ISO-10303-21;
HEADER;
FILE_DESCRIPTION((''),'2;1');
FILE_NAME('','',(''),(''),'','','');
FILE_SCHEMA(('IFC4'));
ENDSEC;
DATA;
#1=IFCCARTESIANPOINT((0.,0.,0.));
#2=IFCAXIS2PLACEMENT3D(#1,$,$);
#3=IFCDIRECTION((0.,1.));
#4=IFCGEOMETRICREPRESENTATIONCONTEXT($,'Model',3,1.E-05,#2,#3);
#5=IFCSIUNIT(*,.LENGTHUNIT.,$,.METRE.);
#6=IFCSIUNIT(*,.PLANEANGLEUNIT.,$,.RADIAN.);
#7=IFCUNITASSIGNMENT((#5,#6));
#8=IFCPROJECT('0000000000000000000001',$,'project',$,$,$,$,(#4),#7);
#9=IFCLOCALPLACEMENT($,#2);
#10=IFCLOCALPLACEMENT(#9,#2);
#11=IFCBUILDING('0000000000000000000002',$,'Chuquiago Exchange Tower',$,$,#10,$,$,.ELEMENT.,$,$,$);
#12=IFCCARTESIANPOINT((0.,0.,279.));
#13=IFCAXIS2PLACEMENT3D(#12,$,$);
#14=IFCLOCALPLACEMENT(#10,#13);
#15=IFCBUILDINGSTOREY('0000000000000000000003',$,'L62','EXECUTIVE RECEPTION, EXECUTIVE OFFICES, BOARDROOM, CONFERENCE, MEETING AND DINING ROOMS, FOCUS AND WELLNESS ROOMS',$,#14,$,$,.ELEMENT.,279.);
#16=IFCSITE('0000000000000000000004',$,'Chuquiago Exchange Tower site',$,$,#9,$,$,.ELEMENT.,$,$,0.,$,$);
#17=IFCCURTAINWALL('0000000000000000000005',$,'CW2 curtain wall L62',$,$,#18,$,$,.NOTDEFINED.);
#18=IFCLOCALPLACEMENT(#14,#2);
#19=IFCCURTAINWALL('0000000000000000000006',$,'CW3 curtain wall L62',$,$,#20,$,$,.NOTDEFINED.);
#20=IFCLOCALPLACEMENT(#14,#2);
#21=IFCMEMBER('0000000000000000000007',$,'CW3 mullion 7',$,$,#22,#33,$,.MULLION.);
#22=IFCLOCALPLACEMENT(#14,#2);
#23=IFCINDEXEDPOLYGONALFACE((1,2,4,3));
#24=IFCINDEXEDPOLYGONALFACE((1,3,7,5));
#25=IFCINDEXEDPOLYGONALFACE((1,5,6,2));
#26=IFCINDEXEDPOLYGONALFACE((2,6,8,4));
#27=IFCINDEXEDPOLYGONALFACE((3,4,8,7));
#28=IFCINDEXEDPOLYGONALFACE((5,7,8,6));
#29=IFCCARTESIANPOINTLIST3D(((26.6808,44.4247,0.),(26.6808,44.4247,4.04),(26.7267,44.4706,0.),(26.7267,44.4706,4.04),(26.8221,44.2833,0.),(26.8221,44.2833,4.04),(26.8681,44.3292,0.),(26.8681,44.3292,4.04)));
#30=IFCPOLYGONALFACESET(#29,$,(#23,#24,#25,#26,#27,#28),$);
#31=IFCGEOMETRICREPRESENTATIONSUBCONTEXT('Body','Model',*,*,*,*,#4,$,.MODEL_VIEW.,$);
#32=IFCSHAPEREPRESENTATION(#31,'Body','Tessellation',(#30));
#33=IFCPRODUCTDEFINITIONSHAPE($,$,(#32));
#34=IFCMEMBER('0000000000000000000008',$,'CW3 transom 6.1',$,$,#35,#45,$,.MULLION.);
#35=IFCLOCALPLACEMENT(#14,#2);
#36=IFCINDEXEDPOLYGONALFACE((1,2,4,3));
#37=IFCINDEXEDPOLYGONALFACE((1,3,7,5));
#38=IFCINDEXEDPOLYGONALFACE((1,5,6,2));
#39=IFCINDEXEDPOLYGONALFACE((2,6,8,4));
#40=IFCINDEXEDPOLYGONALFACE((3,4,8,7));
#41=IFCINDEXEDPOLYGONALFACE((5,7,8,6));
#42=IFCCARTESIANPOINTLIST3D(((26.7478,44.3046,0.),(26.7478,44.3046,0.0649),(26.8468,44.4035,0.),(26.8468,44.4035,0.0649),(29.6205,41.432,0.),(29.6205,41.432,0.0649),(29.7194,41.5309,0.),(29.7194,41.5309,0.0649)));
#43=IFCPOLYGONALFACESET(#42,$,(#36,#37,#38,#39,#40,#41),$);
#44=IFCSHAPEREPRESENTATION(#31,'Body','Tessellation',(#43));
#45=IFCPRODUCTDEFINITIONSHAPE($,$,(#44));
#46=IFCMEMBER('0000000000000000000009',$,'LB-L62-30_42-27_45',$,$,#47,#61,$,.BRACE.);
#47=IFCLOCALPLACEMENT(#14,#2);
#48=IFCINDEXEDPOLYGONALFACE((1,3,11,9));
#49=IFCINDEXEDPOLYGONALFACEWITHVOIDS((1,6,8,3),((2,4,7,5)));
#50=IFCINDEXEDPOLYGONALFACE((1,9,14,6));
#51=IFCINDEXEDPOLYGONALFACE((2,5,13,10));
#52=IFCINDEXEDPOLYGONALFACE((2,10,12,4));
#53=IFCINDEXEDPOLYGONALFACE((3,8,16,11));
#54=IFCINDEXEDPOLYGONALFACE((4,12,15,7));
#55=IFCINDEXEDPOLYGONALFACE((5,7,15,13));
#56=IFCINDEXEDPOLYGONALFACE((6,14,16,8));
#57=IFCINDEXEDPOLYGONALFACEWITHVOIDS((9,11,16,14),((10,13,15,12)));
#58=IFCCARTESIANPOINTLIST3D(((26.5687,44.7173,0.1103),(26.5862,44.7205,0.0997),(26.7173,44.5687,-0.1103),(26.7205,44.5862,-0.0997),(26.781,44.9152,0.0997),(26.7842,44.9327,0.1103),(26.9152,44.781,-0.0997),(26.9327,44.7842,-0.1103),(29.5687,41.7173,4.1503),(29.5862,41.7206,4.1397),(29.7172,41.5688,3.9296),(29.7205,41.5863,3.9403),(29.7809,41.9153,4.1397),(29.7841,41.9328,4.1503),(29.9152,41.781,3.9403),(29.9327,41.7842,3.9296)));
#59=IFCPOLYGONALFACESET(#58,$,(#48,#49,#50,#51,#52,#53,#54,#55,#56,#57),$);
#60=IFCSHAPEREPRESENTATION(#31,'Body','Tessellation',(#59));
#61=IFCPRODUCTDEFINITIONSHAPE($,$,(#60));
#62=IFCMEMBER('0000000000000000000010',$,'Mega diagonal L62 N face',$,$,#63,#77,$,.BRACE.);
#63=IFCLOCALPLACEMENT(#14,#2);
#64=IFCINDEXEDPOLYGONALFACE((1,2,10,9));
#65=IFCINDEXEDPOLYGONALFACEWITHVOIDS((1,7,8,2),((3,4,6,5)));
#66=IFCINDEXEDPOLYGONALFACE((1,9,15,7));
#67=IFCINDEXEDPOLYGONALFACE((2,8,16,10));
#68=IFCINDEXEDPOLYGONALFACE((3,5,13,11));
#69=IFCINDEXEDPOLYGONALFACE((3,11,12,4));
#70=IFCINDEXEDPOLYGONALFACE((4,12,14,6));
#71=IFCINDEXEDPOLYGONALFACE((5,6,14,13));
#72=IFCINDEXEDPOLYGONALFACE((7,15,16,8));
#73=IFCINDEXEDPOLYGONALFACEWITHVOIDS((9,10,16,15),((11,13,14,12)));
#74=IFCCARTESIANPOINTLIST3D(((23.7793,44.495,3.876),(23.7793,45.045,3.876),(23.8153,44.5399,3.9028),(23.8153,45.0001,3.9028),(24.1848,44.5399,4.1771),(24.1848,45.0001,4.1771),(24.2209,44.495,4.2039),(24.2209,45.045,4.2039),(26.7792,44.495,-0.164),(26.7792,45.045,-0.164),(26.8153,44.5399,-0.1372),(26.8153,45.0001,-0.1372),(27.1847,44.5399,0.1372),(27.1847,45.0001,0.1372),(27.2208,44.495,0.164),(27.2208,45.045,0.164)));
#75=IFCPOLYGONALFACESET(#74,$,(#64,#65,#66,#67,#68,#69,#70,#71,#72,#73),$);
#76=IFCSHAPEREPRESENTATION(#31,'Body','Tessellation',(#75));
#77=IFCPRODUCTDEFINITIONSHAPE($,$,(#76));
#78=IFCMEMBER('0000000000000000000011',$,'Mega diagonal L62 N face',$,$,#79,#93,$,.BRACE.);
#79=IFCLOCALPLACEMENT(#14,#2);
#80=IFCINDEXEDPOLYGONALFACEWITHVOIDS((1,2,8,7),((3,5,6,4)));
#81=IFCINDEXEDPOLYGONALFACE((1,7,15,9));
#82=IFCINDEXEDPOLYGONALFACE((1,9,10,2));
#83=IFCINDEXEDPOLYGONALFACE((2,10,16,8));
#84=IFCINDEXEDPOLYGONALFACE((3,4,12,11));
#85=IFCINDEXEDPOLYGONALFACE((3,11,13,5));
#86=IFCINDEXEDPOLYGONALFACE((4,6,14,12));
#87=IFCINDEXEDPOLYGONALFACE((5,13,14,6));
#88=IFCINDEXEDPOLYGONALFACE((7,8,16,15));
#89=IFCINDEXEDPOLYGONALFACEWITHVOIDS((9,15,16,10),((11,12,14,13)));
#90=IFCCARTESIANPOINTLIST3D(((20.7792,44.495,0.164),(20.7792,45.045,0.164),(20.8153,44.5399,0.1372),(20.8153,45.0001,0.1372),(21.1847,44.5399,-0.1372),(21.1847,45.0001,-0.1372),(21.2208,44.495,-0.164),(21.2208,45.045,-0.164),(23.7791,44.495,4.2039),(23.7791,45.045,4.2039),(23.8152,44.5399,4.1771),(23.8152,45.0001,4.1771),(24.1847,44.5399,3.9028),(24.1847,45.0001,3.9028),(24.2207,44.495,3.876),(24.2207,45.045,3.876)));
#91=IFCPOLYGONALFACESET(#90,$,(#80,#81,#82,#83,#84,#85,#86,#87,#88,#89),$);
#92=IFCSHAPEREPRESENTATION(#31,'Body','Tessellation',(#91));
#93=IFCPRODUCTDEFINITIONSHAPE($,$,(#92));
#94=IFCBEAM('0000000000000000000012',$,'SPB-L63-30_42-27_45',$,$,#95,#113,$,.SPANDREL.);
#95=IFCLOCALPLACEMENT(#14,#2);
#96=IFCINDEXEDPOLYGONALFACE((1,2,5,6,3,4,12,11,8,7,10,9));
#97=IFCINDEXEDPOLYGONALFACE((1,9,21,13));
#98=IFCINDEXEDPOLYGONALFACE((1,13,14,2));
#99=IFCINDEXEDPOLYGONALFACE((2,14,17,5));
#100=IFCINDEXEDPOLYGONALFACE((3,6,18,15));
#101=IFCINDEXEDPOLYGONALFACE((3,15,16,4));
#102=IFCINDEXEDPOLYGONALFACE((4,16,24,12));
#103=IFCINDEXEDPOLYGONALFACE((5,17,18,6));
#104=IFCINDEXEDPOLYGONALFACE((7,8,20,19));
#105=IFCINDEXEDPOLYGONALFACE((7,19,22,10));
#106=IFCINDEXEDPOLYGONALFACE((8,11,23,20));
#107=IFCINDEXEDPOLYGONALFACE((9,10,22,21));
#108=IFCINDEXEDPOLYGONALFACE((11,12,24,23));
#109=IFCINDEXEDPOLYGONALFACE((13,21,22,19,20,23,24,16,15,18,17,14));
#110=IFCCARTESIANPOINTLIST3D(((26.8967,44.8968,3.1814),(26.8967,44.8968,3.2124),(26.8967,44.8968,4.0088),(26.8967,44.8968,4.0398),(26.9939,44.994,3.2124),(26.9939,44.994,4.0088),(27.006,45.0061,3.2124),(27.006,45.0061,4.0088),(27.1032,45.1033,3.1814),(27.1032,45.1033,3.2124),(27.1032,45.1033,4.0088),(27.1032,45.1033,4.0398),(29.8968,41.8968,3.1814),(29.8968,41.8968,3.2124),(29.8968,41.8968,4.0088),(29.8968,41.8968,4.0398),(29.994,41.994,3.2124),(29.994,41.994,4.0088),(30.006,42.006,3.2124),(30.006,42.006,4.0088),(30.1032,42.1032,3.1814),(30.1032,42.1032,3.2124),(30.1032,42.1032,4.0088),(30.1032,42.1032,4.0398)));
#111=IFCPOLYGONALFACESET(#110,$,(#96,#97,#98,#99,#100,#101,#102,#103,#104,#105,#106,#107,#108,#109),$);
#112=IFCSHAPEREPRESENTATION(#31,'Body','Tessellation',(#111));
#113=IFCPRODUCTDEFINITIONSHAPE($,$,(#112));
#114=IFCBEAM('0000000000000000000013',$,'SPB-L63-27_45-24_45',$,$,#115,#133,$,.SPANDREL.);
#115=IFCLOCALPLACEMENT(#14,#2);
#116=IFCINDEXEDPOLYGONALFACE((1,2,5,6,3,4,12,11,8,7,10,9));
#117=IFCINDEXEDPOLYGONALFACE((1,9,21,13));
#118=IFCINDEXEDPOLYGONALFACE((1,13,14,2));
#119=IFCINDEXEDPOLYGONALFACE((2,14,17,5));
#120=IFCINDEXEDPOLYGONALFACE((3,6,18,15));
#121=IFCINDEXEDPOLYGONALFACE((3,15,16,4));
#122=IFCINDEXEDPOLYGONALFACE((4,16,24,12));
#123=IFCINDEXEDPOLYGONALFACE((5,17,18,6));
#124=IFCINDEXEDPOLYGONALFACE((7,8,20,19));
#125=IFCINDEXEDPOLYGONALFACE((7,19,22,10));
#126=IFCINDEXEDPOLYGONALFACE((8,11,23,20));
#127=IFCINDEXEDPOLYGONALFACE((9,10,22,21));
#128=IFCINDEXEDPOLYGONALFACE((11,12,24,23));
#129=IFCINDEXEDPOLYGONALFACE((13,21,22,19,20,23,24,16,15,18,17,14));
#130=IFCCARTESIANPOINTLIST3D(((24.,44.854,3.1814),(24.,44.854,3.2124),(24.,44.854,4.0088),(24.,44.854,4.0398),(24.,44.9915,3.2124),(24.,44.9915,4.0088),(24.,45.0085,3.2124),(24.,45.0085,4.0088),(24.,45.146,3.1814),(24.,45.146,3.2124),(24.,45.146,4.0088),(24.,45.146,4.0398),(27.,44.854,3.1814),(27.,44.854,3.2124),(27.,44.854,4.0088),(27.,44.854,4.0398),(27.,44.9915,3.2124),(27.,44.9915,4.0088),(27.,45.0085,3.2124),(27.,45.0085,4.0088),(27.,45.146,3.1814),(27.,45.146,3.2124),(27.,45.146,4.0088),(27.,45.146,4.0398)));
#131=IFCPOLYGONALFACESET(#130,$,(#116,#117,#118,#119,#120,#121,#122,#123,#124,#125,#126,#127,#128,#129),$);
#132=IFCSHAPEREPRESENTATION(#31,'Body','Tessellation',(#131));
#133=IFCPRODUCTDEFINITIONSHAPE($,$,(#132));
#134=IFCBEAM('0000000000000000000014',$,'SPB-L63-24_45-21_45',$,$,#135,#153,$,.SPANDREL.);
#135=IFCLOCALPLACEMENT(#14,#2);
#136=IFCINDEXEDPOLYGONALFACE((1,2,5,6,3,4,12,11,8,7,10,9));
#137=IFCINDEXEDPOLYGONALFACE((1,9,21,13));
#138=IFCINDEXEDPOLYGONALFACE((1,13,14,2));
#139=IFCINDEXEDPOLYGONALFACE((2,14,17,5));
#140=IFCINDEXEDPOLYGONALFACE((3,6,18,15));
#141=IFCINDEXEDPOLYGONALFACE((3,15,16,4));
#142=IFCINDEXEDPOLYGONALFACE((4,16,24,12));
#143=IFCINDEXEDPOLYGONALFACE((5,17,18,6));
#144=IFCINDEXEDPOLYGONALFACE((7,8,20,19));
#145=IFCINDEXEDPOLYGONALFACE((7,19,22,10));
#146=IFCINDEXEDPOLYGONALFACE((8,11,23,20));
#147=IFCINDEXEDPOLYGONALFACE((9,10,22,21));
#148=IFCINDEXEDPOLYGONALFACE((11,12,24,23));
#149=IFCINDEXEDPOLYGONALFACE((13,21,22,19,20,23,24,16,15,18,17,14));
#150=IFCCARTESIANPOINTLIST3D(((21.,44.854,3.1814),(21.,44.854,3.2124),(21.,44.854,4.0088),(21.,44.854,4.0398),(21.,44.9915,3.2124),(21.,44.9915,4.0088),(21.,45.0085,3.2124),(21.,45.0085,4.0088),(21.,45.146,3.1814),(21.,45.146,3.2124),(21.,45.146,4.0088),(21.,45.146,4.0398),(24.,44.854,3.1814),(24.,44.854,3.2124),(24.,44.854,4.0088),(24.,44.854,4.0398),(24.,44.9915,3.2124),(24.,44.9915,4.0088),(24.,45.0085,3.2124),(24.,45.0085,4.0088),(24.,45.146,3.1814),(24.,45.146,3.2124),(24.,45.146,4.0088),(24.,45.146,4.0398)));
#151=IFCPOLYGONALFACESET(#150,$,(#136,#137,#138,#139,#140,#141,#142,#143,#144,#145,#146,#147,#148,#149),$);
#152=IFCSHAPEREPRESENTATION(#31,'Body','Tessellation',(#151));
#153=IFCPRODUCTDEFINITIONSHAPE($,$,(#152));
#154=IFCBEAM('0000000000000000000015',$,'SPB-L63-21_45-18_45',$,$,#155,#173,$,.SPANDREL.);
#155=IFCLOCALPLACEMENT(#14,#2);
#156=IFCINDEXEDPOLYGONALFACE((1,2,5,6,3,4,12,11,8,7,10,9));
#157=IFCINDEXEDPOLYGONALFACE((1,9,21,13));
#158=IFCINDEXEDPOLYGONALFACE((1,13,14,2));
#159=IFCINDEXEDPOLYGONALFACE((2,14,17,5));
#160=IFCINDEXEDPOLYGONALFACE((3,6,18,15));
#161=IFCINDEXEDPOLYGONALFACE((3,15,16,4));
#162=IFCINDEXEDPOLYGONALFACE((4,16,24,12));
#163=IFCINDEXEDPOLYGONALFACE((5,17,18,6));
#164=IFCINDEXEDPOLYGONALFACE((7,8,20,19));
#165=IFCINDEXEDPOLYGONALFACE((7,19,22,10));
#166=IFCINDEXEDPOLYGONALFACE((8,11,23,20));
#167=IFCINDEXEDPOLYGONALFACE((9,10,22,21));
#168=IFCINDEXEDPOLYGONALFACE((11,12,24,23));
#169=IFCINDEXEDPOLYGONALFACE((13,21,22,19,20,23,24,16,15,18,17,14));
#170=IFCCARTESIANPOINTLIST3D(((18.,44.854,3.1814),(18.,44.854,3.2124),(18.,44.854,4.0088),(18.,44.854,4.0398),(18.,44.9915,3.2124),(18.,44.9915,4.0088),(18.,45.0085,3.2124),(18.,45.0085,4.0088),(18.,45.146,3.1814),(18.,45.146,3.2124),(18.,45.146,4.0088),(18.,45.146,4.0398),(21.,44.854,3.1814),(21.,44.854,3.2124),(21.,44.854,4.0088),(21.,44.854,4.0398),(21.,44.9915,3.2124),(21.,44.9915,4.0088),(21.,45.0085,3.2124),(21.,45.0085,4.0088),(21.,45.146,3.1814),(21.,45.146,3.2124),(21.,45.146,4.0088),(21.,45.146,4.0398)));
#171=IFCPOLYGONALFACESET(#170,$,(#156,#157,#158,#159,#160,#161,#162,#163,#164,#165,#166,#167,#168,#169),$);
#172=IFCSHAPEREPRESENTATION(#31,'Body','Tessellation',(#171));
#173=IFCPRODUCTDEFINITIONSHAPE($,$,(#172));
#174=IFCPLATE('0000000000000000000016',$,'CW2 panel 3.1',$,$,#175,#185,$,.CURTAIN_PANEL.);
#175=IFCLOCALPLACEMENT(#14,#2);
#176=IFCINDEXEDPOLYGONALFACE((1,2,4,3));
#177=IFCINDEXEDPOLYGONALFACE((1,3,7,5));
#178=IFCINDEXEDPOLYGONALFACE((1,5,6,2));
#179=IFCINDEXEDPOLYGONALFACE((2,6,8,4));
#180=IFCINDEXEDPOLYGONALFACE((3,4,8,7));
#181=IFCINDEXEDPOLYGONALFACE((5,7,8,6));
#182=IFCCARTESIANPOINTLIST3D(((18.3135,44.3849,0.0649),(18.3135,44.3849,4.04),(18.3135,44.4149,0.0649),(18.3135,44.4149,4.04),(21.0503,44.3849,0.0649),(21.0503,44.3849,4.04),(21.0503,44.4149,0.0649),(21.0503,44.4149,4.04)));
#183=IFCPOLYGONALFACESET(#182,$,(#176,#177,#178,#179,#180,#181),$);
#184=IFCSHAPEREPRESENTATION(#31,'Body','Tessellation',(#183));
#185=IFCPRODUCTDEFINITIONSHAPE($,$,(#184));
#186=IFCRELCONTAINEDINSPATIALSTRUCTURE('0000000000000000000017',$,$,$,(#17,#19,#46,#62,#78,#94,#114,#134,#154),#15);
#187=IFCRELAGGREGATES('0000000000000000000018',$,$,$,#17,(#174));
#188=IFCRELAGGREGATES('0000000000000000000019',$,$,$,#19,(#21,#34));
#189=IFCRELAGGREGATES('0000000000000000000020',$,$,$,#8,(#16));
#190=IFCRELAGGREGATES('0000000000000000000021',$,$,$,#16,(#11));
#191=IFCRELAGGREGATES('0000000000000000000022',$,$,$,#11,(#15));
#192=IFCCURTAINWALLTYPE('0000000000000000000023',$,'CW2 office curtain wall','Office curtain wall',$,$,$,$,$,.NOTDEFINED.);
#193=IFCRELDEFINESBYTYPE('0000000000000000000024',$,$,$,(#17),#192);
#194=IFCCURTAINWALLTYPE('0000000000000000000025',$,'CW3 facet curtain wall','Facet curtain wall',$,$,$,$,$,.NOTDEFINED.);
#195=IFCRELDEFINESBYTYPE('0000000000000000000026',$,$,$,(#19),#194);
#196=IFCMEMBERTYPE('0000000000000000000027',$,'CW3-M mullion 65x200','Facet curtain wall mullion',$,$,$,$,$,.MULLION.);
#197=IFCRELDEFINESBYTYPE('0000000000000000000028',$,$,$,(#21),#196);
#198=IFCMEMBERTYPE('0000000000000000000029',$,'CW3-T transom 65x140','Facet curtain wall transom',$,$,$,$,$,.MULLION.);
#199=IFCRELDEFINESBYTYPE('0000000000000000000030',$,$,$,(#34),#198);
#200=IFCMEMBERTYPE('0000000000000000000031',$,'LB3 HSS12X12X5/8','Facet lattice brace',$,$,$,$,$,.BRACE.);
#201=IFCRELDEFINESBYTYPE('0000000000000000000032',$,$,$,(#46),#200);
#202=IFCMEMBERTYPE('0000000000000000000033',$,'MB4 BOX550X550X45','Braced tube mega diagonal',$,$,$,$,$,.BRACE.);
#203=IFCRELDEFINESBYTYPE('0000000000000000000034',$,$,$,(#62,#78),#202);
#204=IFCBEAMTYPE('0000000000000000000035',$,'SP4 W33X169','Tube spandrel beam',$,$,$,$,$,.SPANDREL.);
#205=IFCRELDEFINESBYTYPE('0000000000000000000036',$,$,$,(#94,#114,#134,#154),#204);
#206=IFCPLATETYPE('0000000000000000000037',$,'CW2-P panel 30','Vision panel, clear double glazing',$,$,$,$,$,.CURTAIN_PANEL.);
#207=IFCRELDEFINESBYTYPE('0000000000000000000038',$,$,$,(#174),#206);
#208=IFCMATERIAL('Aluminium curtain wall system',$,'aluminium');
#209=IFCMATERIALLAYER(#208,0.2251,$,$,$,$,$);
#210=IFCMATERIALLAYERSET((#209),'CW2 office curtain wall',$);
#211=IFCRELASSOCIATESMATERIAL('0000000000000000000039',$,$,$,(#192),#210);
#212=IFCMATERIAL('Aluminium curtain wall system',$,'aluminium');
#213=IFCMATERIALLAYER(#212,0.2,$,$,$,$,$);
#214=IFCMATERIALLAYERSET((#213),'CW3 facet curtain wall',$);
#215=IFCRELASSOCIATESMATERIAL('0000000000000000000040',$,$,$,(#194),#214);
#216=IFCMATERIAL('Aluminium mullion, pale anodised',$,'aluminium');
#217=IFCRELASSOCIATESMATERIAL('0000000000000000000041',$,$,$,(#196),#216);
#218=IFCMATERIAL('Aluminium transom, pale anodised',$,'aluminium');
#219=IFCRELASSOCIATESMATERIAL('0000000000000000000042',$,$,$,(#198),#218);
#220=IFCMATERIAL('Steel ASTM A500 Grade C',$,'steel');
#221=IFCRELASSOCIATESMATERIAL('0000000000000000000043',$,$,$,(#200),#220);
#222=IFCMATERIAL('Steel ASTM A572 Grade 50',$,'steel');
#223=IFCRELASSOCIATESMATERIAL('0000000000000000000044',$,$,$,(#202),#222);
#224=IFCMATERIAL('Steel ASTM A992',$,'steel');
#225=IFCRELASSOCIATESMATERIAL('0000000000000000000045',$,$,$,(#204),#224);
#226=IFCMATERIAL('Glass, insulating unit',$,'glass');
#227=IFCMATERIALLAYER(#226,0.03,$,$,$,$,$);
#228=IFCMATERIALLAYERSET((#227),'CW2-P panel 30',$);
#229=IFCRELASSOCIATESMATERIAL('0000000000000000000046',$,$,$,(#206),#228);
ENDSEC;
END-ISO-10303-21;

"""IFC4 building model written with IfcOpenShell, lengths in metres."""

from ifc_helpers import new_model, si_unit, direction, frame, origin, origin_2d, place, context, subcontext, project, spatial, rectangle, hollow_rectangle, i_section, extrude, material, layer, layer_set, material_profile, profile_set, type_object, element, aggregate, save


model = new_model("IFC4")

# Units and contexts
model_context = context("Model", 3, precision=1e-05, world=origin(), true_north=direction((0.0, 1.0)))
body_context = subcontext(model_context, "Body", "Model", "MODEL_VIEW")
ifc_project = project(units=[si_unit("LENGTHUNIT", "METRE"), si_unit("PLANEANGLEUNIT", "RADIAN")], contexts=[model_context])

# Site, building, storey
site_placement = place(None, origin())
site = spatial("IfcSite", under=ifc_project, at=site_placement, Name="Chuquiago Exchange Tower site", CompositionType="ELEMENT", RefElevation=0.0)
building_placement = place(site_placement, origin())
building = spatial("IfcBuilding", under=site, at=building_placement, Name="Chuquiago Exchange Tower", CompositionType="ELEMENT")
storey_placement = place(building_placement, frame((0.0, 0.0, 279.0)))
storey = spatial("IfcBuildingStorey", under=building, at=storey_placement, Name="L62", Description="EXECUTIVE RECEPTION, EXECUTIVE OFFICES, BOARDROOM, CONFERENCE, MEETING AND DINING ROOMS, FOCUS AND WELLNESS ROOMS", CompositionType="ELEMENT", Elevation=279.0)

# Curtain walls, members
ifc_material_1 = material(Name="Aluminium curtain wall system", Category="aluminium")
ifc_layer_1 = layer(ifc_material_1, 0.2251)
ifc_layer_set_1 = layer_set([ifc_layer_1], Name="CW2 office curtain wall")
curtain_wall_type_1 = type_object("IfcCurtainWallType", Name="CW2 office curtain wall", Description="Office curtain wall", PredefinedType="NOTDEFINED", material=ifc_layer_set_1)
curtain_wall_1_placement = place(storey_placement, origin())
curtain_wall_1 = element("IfcCurtainWall", 1, at=curtain_wall_1_placement, inside=storey, type_object=curtain_wall_type_1, Name="CW2 curtain wall L62", PredefinedType="NOTDEFINED")
ifc_material_2 = material(Name="Aluminium curtain wall system", Category="aluminium")
ifc_layer_2 = layer(ifc_material_2, 0.2)
ifc_layer_set_2 = layer_set([ifc_layer_2], Name="CW3 facet curtain wall")
curtain_wall_type_2 = type_object("IfcCurtainWallType", Name="CW3 facet curtain wall", Description="Facet curtain wall", PredefinedType="NOTDEFINED", material=ifc_layer_set_2)
curtain_wall_2_placement = place(storey_placement, origin())
curtain_wall_2 = element("IfcCurtainWall", 2, at=curtain_wall_2_placement, inside=storey, type_object=curtain_wall_type_2, Name="CW3 curtain wall L62", PredefinedType="NOTDEFINED")
ifc_material_3 = material(Name="Aluminium mullion, pale anodised", Category="aluminium")
ifc_material_profile_1 = material_profile(ifc_material_3, rectangle(XDim=0.0649, YDim=0.2, at=origin_2d()), Name="AL 65x200")
ifc_profile_set_1 = profile_set([ifc_material_profile_1], Name="Aluminium mullion, pale anodised")
member_type_1 = type_object("IfcMemberType", Name="CW3-M mullion 65x200", Description="Facet curtain wall mullion", PredefinedType="MULLION", material=ifc_profile_set_1)
member_1_placement = place(storey_placement, frame((26.7744, 44.377, 0.0), z_axis=(0.0, 0.0, 1.0), x_axis=(-0.707107, -0.707107, 0.0)))
member_1 = element("IfcMember", 3, at=member_1_placement, type_object=member_type_1, Name="CW3 mullion 7", PredefinedType="MULLION", context=body_context, shape_type="SweptSolid", body=[
    extrude(rectangle(XDim=0.0649, YDim=0.2, at=origin_2d()), origin(), (0.0, 0.0, 1.0), 4.04),
])
ifc_material_4 = material(Name="Aluminium transom, pale anodised", Category="aluminium")
ifc_material_profile_2 = material_profile(ifc_material_4, rectangle(XDim=0.1399, YDim=0.0649, at=origin_2d()), Name="AL 140x65")
ifc_profile_set_2 = profile_set([ifc_material_profile_2], Name="Aluminium transom, pale anodised")
member_type_2 = type_object("IfcMemberType", Name="CW3-T transom 65x140", Description="Facet curtain wall transom", PredefinedType="MULLION", material=ifc_profile_set_2)
member_2_placement = place(storey_placement, frame((29.6699, 41.4814, 0.0325), z_axis=(-0.707107, 0.707107, 0.0), x_axis=(-0.707107, -0.707107, 0.0)))
member_2 = element("IfcMember", 4, at=member_2_placement, type_object=member_type_2, Name="CW3 transom 6.1", PredefinedType="MULLION", context=body_context, shape_type="SweptSolid", body=[
    extrude(rectangle(XDim=0.1399, YDim=0.0649, at=origin_2d()), origin(), (0.0, 0.0, 1.0), 4.0625),
])

# Members
ifc_material_5 = material(Name="Steel ASTM A500 Grade C", Category="steel")
ifc_material_profile_3 = material_profile(ifc_material_5, hollow_rectangle(XDim=0.3047, YDim=0.3047, WallThickness=0.0146, at=origin_2d()), Name="HSS12X12X5/8")
ifc_profile_set_3 = profile_set([ifc_material_profile_3], Name="Steel ASTM A500 Grade C")
member_type_3 = type_object("IfcMemberType", Name="LB3 HSS12X12X5/8", Description="Facet lattice brace", PredefinedType="BRACE", material=ifc_profile_set_3)
member_3_placement = place(storey_placement, frame((26.7507, 44.7507, 0.0), z_axis=(0.512077, -0.512077, 0.689604), x_axis=(0.707107, 0.707107, 0.0)))
element("IfcMember", 5, at=member_3_placement, inside=storey, type_object=member_type_3, Name="LB-L62-30_42-27_45", PredefinedType="BRACE", context=body_context, shape_type="SweptSolid", body=[
    extrude(hollow_rectangle(XDim=0.3047, YDim=0.3047, WallThickness=0.0146, at=origin_2d()), origin(), (0.0, 0.0, 1.0), 5.8584),
])
ifc_material_6 = material(Name="Steel ASTM A572 Grade 50", Category="steel")
ifc_material_profile_4 = material_profile(ifc_material_6, hollow_rectangle(XDim=0.55, YDim=0.55, WallThickness=0.0449, at=origin_2d()), Name="BOX550X550X45")
ifc_profile_set_4 = profile_set([ifc_material_profile_4], Name="Steel ASTM A572 Grade 50")
member_type_4 = type_object("IfcMemberType", Name="MB4 BOX550X550X45", Description="Braced tube mega diagonal", PredefinedType="BRACE", material=ifc_profile_set_4)
for number, where, z_axis, x_axis, name in (
    (6, (27.0, 44.77, 0.0), (-0.596174, 0.0, 0.802855), (0.0, -1.0, 0.0), "Mega diagonal L62 N face"),
    (7, (21.0, 44.77, 0.0), (0.596174, 0.0, 0.802855), (0.0, 1.0, 0.0), "Mega diagonal L62 N face"),
):
    element("IfcMember", number, at=place(storey_placement, frame(where, z_axis=z_axis, x_axis=x_axis)), inside=storey, type_object=member_type_4, Name=name, PredefinedType="BRACE", context=body_context, shape_type="SweptSolid", body=[
        extrude(hollow_rectangle(XDim=0.55, YDim=0.55, WallThickness=0.0449, at=origin_2d()), origin(), (0.0, 0.0, 1.0), 5.032),
    ])

# Beams
ifc_material_7 = material(Name="Steel ASTM A992", Category="steel")
ifc_material_profile_5 = material_profile(ifc_material_7, i_section(OverallWidth=0.292, OverallDepth=0.8584, WebThickness=0.0171, FlangeThickness=0.031, at=origin_2d()), Name="W33X169")
ifc_profile_set_5 = profile_set([ifc_material_profile_5], Name="Steel ASTM A992")
beam_type = type_object("IfcBeamType", Name="SP4 W33X169", Description="Tube spandrel beam", PredefinedType="SPANDREL", material=ifc_profile_set_5)
beam_placement = place(storey_placement, frame((30.0, 42.0, 3.6106), z_axis=(-0.707107, 0.707107, 0.0), x_axis=(-0.707107, -0.707107, 0.0)))
element("IfcBeam", 8, at=beam_placement, inside=storey, type_object=beam_type, Name="SPB-L63-30_42-27_45", PredefinedType="SPANDREL", context=body_context, shape_type="SweptSolid", body=[
    extrude(i_section(OverallWidth=0.292, OverallDepth=0.8584, WebThickness=0.0171, FlangeThickness=0.031, at=origin_2d()), origin(), (0.0, 0.0, 1.0), 4.2427),
])
for number, where, z_axis, x_axis, name in (
    (9, (27.0, 45.0, 3.6106), (-1.0, 0.0, 0.0), (0.0, -1.0, 0.0), "SPB-L63-27_45-24_45"),
    (10, (24.0, 45.0, 3.6106), (-1.0, 0.0, 0.0), (0.0, -1.0, 0.0), "SPB-L63-24_45-21_45"),
    (11, (21.0, 45.0, 3.6106), (-1.0, 0.0, 0.0), (0.0, -1.0, 0.0), "SPB-L63-21_45-18_45"),
):
    element("IfcBeam", number, at=place(storey_placement, frame(where, z_axis=z_axis, x_axis=x_axis)), inside=storey, type_object=beam_type, Name=name, PredefinedType="SPANDREL", context=body_context, shape_type="SweptSolid", body=[
        extrude(i_section(OverallWidth=0.292, OverallDepth=0.8584, WebThickness=0.0171, FlangeThickness=0.031, at=origin_2d()), origin(), (0.0, 0.0, 1.0), 3.0),
    ])

# Plate
ifc_material_8 = material(Name="Glass, insulating unit", Category="glass")
ifc_layer_3 = layer(ifc_material_8, 0.03)
ifc_layer_set_3 = layer_set([ifc_layer_3], Name="CW2-P panel 30")
plate_type_1 = type_object("IfcPlateType", Name="CW2-P panel 30", Description="Vision panel, clear double glazing", PredefinedType="CURTAIN_PANEL", material=ifc_layer_set_3)
plate_1_placement = place(storey_placement, frame((19.6819, 44.3999, 0.0649), z_axis=(0.0, 0.0, 1.0), x_axis=(-1.0, 0.0, 0.0)))
plate_1 = element("IfcPlate", 12, at=plate_1_placement, type_object=plate_type_1, Name="CW2 panel 3.1", PredefinedType="CURTAIN_PANEL", context=body_context, shape_type="SweptSolid", body=[
    extrude(rectangle(XDim=2.7368, YDim=0.03, at=origin_2d()), origin(), (0.0, 0.0, 1.0), 3.9751),
])
aggregate(curtain_wall_1, [plate_1])
aggregate(curtain_wall_2, [member_1, member_2])

save(model, "model.ifc")
